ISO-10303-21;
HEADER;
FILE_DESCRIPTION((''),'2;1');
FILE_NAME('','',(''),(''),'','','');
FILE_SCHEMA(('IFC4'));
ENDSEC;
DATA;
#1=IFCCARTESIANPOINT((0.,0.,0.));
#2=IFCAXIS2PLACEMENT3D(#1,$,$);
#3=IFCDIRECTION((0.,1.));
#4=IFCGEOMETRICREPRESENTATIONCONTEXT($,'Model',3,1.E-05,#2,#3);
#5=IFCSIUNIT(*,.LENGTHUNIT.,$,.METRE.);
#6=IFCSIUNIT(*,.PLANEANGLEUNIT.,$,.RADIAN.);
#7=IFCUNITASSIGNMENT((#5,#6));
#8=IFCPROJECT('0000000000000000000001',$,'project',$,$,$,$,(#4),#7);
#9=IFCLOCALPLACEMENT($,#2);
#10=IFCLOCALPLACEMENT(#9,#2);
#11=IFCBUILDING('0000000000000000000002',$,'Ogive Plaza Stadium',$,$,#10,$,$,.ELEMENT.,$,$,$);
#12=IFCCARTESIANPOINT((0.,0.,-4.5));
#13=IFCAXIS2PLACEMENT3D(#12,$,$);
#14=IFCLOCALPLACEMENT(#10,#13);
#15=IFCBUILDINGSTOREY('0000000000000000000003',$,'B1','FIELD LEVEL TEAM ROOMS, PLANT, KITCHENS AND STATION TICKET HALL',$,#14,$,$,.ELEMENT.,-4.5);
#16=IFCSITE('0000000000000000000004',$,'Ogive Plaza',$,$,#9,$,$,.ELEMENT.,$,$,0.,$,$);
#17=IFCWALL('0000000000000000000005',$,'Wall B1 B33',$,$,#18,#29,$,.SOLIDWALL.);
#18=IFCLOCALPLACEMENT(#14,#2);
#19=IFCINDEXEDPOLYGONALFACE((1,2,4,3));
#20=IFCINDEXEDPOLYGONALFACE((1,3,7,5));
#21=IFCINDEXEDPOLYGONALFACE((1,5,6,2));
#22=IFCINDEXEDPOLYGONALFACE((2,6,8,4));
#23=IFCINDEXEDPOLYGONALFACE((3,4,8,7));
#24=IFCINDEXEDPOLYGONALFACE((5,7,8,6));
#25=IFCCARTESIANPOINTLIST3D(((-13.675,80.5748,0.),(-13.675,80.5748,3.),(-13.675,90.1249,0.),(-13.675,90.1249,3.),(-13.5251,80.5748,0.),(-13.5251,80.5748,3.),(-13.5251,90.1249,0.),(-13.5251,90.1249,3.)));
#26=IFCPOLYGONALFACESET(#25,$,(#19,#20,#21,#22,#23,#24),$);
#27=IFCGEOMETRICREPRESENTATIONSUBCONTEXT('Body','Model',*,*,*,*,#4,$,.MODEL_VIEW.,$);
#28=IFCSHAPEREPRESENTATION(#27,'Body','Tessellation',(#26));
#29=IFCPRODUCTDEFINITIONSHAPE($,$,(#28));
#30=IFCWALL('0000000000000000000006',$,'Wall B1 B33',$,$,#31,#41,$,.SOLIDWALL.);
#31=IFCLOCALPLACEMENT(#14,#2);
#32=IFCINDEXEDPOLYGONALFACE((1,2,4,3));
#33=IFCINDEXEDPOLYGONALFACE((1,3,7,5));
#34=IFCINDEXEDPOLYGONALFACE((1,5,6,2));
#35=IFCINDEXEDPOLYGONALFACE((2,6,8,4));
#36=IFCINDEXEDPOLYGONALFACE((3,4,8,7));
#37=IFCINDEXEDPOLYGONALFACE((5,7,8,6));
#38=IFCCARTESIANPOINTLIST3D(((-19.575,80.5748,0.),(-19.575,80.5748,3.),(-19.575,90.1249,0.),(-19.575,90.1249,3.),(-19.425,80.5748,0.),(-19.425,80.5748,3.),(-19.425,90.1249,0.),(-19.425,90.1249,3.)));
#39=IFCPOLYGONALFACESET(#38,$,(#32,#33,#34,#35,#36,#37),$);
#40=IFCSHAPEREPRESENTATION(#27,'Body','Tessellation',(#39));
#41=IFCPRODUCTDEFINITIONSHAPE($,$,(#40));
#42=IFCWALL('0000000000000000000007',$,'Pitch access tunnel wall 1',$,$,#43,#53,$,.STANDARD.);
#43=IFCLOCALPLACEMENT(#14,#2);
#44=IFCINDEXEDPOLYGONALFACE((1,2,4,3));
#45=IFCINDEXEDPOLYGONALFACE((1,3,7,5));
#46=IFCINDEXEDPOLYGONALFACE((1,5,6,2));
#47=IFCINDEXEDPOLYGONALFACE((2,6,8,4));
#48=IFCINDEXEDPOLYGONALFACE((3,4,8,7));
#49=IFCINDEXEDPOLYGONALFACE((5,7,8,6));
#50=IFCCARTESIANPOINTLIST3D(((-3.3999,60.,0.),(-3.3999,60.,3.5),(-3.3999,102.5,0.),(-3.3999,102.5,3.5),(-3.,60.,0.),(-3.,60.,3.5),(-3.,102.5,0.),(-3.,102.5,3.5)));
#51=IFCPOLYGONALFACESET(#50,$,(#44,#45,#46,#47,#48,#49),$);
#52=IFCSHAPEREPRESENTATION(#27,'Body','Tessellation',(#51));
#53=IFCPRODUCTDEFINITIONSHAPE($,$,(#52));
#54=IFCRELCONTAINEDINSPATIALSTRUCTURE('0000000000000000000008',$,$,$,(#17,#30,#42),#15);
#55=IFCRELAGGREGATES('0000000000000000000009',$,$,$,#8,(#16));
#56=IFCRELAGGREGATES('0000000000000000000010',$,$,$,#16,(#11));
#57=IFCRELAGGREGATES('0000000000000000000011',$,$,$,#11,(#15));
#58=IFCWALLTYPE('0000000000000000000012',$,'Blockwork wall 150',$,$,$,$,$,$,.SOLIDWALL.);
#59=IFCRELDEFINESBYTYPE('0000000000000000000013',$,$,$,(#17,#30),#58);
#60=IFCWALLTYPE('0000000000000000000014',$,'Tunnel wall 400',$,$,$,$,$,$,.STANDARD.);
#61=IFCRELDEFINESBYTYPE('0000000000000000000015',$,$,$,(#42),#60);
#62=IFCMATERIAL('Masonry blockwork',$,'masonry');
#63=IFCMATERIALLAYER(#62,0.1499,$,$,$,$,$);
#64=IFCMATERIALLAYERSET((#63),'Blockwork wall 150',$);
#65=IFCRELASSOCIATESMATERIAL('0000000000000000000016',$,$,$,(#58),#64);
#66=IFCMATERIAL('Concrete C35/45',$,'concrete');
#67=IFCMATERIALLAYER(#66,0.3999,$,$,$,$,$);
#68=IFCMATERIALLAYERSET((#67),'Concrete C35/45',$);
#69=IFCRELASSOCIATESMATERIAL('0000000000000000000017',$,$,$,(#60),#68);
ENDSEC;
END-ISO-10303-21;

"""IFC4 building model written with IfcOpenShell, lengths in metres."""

from ifc_helpers import new_model, si_unit, direction, frame, frame_2d, origin, place, context, subcontext, project, spatial, rectangle, extrude, material, layer, layer_set, type_object, element, save


model = new_model("IFC4")

# Units and contexts
model_context = context("Model", 3, precision=1e-05, world=origin(), true_north=direction((0.0, 1.0)))
body_context = subcontext(model_context, "Body", "Model", "MODEL_VIEW")
ifc_project = project(units=[si_unit("LENGTHUNIT", "METRE"), si_unit("PLANEANGLEUNIT", "RADIAN")], contexts=[model_context])

# Site, building, storey
site_placement = place(None, origin())
site = spatial("IfcSite", under=ifc_project, at=site_placement, Name="Ogive Plaza", CompositionType="ELEMENT", RefElevation=0.0)
building_placement = place(site_placement, origin())
building = spatial("IfcBuilding", under=site, at=building_placement, Name="Ogive Plaza Stadium", CompositionType="ELEMENT")
storey_placement = place(building_placement, frame((0.0, 0.0, -4.5)))
storey = spatial("IfcBuildingStorey", under=building, at=storey_placement, Name="B1", Description="FIELD LEVEL TEAM ROOMS, PLANT, KITCHENS AND STATION TICKET HALL", CompositionType="ELEMENT", Elevation=-4.5)

# Walls
ifc_material_1 = material(Name="Masonry blockwork", Category="masonry")
ifc_layer_1 = layer(ifc_material_1, 0.1499)
ifc_layer_set_1 = layer_set([ifc_layer_1], Name="Blockwork wall 150")
wall_type_1 = type_object("IfcWallType", Name="Blockwork wall 150", PredefinedType="SOLIDWALL", material=ifc_layer_set_1)
for number, where, z_axis, x_axis, name in (
    (1, (-13.6001, 80.575, 0.0), (0.0, 0.0, 1.0), (0.0, 1.0, 0.0), "Wall B1 B33"),
    (2, (-19.5, 80.575, 0.0), (0.0, 0.0, 1.0), (0.0, 1.0, 0.0), "Wall B1 B33"),
):
    element("IfcWall", number, at=place(storey_placement, frame(where, z_axis=z_axis, x_axis=x_axis)), inside=storey, type_object=wall_type_1, Name=name, PredefinedType="SOLIDWALL", context=body_context, shape_type="SweptSolid", body=[
        extrude(rectangle(XDim=9.55, YDim=0.1499, at=frame_2d((4.7749, 0.0))), origin(), (0.0, 0.0, 1.0), 3.0),
    ])
ifc_material_2 = material(Name="Concrete C35/45", Category="concrete")
ifc_layer_2 = layer(ifc_material_2, 0.3999)
ifc_layer_set_2 = layer_set([ifc_layer_2], Name="Concrete C35/45")
wall_type_2 = type_object("IfcWallType", Name="Tunnel wall 400", PredefinedType="STANDARD", material=ifc_layer_set_2)
wall_1_placement = place(storey_placement, frame((-3.2, 60.0, 0.0), z_axis=(0.0, 0.0, 1.0), x_axis=(0.0, 1.0, 0.0)))
element("IfcWall", 3, at=wall_1_placement, inside=storey, type_object=wall_type_2, Name="Pitch access tunnel wall 1", PredefinedType="STANDARD", context=body_context, shape_type="SweptSolid", body=[
    extrude(rectangle(XDim=42.5, YDim=0.3999, at=frame_2d((21.25, 0.0))), origin(), (0.0, 0.0, 1.0), 3.5),
])

save(model, "model.ifc")
